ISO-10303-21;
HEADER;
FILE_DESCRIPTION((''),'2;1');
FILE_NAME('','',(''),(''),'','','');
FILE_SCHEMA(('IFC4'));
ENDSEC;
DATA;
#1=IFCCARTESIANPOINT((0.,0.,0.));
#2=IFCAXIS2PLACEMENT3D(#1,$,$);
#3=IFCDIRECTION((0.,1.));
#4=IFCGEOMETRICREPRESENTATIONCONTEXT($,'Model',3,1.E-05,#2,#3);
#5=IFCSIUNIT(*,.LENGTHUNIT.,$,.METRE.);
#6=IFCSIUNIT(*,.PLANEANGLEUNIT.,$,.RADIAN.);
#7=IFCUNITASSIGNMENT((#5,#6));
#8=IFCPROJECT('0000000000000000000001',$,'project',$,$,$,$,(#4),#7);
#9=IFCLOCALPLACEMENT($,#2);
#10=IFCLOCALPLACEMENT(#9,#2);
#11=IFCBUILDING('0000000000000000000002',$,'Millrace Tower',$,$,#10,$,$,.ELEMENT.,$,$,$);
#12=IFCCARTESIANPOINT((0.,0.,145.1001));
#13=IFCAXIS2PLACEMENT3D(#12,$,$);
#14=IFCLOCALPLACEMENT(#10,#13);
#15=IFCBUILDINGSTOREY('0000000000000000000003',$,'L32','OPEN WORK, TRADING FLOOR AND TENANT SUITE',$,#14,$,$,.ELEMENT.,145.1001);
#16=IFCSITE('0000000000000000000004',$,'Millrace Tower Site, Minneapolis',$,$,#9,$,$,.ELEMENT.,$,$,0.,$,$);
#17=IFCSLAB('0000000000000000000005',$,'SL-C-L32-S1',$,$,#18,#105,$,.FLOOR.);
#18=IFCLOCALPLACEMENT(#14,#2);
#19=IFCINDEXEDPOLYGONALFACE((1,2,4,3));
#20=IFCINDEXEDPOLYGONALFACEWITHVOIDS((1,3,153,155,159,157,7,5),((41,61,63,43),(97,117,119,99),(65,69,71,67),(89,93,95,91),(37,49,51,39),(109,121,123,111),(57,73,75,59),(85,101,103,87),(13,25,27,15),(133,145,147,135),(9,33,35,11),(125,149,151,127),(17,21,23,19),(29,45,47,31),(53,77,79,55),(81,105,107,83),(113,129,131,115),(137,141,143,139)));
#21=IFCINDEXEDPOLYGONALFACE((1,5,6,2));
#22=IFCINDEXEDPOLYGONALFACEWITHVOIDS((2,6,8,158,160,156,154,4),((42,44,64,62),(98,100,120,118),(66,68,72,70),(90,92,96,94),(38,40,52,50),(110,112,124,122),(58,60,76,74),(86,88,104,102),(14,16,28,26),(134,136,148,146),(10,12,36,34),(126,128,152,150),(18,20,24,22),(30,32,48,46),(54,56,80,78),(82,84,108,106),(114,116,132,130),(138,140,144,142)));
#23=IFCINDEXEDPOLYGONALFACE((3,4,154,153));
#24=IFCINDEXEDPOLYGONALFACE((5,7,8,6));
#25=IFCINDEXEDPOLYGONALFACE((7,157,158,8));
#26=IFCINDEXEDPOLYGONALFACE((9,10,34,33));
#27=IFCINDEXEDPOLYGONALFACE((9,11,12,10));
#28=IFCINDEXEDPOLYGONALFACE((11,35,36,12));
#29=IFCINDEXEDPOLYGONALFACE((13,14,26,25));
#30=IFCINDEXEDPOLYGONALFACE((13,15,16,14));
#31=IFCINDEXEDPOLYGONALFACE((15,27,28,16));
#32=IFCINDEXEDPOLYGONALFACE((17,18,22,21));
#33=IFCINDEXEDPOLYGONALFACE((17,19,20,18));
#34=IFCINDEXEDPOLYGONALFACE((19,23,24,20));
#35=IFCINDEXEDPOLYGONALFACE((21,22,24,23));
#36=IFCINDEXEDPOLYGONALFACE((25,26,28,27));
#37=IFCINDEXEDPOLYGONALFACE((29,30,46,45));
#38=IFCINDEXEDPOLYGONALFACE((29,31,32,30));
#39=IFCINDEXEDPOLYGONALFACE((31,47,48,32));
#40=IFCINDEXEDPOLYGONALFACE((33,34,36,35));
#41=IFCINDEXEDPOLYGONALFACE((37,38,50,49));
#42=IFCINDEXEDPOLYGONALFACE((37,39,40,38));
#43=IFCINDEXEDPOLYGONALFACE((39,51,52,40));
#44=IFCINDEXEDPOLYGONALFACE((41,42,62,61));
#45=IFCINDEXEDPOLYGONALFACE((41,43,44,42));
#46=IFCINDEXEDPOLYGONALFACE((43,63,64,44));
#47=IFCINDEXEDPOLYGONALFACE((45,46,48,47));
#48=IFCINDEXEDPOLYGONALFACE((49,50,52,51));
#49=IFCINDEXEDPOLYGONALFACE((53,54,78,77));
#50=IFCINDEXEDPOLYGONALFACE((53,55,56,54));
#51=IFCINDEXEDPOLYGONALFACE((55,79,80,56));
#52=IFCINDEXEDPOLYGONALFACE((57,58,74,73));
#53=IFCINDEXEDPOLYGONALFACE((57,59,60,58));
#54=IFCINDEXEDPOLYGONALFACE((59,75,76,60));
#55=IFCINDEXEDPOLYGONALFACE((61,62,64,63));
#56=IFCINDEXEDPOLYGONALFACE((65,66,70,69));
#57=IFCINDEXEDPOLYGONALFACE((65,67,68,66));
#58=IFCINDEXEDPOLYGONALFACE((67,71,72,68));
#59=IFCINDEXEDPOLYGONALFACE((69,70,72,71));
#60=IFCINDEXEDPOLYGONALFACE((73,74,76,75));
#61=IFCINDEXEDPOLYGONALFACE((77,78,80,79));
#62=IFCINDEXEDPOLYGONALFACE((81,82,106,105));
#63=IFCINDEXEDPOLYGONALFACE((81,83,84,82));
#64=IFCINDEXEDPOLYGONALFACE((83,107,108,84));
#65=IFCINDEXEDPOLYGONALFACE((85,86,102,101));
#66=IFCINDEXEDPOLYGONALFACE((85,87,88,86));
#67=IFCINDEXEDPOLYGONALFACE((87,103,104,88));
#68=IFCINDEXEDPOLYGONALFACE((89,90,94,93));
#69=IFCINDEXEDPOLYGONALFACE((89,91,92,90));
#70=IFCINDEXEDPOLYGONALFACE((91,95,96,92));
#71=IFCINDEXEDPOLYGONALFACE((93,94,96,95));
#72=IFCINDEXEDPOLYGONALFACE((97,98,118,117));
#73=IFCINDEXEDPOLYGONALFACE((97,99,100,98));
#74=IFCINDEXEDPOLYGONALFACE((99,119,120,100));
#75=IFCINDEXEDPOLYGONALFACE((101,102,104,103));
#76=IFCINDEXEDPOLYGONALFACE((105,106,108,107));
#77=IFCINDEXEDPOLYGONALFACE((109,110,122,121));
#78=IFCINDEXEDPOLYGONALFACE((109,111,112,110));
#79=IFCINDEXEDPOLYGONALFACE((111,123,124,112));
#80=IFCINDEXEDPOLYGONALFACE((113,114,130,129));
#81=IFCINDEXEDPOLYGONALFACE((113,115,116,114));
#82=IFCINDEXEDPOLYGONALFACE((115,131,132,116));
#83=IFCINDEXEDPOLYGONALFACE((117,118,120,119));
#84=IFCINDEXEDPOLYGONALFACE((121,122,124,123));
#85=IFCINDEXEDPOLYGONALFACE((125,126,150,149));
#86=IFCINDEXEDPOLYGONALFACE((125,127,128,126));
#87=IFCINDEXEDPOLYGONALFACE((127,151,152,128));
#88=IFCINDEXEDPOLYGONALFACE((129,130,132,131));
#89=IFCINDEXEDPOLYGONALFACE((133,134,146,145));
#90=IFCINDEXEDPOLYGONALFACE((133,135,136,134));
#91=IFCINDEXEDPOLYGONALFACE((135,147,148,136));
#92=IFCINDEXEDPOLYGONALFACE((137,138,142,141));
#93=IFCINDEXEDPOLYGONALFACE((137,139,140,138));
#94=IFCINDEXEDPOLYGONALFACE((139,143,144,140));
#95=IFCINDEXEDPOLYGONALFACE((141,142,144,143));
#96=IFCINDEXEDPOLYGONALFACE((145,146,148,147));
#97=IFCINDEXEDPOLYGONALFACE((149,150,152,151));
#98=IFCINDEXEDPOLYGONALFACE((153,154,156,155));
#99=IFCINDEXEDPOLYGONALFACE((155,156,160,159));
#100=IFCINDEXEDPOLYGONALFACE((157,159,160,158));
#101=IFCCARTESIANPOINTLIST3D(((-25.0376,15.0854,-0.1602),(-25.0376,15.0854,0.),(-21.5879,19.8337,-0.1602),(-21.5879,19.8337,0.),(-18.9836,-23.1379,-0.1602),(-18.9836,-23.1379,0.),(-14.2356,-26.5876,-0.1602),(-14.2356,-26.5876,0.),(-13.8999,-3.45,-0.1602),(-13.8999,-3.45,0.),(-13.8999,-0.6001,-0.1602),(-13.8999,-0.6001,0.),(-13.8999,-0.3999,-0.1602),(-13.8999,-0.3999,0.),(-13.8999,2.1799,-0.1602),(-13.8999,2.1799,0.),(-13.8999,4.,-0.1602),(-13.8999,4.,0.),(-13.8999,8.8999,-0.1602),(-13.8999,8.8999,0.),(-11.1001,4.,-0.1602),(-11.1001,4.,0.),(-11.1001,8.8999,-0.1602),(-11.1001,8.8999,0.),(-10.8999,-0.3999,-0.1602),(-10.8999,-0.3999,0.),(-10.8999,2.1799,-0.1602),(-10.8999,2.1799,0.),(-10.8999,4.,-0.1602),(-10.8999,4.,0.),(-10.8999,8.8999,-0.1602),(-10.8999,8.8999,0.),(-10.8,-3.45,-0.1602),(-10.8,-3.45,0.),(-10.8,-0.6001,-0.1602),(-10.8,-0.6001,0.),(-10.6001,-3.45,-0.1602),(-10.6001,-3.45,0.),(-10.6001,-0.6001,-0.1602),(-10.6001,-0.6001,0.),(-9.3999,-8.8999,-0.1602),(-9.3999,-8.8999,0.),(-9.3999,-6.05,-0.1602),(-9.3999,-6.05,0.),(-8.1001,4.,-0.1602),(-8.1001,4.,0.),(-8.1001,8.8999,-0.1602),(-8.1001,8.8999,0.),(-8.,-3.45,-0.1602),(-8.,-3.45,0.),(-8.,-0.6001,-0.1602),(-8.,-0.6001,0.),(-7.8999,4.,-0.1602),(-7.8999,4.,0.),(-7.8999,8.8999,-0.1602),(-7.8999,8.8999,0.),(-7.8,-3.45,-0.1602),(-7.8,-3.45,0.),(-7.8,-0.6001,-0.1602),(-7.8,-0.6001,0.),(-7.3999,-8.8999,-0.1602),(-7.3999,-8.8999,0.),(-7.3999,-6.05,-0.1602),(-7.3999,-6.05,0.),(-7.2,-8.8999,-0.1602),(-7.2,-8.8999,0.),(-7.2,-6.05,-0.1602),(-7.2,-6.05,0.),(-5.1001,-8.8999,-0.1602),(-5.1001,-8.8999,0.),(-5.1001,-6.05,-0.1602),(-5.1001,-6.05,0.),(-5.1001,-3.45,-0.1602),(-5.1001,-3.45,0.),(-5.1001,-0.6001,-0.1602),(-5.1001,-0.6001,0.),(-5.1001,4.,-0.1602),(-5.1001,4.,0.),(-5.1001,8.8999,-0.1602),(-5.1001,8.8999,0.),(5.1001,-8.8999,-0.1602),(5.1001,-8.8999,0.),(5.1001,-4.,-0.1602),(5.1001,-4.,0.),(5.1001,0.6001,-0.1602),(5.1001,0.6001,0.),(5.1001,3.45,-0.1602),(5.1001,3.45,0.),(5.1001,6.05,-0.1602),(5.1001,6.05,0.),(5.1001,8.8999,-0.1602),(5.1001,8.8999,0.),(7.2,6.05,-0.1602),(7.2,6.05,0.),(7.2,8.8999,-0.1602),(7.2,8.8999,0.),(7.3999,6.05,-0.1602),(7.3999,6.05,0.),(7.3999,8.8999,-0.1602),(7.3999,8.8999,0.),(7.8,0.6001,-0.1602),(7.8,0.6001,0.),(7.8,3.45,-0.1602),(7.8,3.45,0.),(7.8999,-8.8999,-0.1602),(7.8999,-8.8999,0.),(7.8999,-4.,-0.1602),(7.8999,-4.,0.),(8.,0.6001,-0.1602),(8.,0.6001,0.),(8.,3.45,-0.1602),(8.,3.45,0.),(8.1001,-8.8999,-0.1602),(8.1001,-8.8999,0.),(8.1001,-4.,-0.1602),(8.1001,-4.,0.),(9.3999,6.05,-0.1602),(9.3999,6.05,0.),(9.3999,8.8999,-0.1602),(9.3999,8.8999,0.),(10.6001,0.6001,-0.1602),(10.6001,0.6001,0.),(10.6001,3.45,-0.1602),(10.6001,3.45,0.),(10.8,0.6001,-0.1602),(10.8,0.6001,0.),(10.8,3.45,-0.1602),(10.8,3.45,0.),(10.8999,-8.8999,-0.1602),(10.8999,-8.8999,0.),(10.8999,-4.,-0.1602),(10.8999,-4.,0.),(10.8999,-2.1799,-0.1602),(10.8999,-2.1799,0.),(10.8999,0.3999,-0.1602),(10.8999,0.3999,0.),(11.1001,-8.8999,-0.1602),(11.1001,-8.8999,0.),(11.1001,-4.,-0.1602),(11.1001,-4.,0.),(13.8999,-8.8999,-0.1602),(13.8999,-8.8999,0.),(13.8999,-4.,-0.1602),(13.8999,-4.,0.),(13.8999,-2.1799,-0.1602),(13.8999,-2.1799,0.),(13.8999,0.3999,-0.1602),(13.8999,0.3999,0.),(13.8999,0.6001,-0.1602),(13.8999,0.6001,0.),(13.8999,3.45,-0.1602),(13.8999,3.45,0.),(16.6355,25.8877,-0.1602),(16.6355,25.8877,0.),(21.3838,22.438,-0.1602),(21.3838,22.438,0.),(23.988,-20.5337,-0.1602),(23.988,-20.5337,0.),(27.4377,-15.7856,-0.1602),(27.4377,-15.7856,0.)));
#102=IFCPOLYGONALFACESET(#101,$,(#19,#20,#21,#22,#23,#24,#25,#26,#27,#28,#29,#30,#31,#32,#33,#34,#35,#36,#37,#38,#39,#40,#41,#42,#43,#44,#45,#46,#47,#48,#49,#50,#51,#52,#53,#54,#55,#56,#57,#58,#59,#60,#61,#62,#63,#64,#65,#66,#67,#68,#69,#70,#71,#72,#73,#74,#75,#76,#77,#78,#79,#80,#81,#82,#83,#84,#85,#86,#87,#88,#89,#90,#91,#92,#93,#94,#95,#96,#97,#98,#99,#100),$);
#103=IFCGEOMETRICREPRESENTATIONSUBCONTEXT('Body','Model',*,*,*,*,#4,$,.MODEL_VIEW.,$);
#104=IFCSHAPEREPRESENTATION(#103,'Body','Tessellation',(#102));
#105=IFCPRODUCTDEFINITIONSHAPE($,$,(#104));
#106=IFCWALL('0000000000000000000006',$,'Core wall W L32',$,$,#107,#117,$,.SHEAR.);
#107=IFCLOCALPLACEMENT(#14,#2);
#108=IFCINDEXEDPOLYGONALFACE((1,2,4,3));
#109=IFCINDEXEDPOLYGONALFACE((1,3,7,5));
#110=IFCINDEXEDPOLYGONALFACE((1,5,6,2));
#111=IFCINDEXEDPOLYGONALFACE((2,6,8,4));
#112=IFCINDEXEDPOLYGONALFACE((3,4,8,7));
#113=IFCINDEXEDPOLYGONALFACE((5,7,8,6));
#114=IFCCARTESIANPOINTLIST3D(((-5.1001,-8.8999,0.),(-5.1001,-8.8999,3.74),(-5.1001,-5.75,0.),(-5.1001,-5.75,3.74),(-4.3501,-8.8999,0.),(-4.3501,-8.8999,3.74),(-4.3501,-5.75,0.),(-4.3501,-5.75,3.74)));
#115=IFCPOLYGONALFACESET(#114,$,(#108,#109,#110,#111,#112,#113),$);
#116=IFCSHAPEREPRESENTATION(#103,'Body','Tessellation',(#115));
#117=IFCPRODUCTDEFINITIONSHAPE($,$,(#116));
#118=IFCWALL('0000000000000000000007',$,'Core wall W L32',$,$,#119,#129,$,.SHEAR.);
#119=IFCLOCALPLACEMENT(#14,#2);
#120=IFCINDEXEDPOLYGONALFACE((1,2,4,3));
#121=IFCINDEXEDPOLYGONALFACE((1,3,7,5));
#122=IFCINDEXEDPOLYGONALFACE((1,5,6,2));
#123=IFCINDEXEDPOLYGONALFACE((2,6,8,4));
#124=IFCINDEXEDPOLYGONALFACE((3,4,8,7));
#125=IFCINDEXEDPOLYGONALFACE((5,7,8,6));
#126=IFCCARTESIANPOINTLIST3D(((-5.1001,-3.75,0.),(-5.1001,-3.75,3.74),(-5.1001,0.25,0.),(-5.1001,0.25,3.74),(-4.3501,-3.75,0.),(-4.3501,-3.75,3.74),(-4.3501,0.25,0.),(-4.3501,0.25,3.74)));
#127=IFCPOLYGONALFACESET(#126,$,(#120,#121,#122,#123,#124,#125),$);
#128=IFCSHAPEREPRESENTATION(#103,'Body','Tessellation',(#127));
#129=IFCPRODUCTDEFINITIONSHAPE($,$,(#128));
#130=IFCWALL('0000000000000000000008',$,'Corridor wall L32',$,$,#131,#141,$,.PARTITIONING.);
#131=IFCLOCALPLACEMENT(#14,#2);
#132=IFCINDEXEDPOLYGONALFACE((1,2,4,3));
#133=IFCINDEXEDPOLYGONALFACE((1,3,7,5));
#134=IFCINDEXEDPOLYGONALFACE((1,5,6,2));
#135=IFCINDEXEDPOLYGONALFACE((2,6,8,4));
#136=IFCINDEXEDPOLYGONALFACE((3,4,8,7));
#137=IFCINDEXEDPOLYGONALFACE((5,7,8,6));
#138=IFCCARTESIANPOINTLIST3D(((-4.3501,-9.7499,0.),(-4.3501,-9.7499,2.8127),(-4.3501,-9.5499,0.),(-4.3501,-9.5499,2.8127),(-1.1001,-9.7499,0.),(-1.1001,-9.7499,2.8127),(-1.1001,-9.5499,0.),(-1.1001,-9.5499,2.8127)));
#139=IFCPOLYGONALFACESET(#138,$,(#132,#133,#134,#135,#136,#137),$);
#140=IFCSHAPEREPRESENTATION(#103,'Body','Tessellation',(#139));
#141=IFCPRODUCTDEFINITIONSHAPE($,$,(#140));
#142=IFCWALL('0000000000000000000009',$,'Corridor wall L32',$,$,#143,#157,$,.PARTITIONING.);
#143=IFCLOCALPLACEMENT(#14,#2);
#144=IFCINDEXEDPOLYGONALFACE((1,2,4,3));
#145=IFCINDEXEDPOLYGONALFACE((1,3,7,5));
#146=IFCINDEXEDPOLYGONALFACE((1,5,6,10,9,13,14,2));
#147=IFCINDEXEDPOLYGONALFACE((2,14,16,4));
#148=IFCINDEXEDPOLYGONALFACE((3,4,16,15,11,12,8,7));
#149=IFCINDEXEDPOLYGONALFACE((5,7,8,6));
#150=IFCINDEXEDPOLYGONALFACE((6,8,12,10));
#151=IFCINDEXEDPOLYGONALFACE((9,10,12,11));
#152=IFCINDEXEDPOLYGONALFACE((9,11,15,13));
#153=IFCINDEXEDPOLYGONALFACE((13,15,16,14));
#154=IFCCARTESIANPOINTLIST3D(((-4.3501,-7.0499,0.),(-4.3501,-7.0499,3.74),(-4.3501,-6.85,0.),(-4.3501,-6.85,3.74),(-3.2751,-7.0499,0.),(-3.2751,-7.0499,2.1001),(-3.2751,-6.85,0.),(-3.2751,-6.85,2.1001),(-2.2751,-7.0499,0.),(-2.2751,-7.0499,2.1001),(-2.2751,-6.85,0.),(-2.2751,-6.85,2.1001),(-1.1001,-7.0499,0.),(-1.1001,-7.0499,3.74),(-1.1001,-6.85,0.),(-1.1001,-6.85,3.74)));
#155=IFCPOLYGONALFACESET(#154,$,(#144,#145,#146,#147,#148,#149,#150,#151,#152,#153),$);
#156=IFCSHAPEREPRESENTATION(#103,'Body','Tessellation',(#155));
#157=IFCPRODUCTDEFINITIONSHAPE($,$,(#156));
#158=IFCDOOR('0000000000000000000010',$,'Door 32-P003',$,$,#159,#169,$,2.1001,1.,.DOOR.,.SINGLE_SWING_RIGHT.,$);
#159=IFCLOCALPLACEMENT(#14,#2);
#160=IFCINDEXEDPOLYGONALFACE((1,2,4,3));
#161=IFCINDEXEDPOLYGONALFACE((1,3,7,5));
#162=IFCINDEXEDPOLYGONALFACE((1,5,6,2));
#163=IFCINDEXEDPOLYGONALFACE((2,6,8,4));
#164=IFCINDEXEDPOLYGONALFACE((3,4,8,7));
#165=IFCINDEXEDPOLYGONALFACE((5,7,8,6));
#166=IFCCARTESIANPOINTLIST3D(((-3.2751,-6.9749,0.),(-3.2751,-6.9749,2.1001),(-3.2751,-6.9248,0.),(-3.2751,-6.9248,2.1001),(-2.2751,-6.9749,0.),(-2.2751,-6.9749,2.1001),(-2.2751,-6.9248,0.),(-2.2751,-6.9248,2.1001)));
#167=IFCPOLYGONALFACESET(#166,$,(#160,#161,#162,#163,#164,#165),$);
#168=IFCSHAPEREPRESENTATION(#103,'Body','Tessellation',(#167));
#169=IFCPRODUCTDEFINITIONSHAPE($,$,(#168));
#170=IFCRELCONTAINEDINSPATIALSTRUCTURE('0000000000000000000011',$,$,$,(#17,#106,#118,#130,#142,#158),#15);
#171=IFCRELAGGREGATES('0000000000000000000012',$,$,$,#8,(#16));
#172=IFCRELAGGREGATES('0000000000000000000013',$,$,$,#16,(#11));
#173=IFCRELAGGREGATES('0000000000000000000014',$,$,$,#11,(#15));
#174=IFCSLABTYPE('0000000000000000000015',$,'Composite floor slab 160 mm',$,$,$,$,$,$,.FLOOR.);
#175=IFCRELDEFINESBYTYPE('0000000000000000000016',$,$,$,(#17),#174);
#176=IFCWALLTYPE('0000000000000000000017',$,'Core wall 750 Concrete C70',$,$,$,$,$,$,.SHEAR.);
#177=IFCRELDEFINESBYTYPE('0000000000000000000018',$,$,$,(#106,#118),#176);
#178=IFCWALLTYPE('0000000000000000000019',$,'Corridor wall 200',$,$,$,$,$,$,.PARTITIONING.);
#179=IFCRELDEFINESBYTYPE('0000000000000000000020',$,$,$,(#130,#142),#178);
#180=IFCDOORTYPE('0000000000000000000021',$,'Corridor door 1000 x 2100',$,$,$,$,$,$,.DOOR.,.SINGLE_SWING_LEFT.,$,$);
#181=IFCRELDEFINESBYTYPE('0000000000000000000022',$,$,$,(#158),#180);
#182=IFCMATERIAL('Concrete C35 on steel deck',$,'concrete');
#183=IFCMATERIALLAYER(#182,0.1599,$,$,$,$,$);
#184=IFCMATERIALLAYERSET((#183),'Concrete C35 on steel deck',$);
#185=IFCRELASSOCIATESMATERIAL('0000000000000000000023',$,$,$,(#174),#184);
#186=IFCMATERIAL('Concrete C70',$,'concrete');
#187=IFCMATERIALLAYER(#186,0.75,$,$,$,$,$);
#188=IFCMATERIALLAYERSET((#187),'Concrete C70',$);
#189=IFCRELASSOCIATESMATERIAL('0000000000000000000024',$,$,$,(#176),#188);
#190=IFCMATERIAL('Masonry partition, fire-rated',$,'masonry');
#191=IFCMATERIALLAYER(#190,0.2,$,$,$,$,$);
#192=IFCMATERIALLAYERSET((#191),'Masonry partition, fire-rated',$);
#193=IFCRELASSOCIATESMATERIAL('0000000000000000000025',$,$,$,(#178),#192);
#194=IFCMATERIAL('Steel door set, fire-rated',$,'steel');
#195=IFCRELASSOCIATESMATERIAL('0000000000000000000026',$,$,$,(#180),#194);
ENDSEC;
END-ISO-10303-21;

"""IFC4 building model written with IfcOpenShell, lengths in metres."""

from ifc_helpers import new_model, si_unit, direction, frame, frame_2d, origin, place, context, subcontext, project, spatial, polyline, rectangle, outline, extrude, material, layer, layer_set, type_object, element, fill, save


model = new_model("IFC4")

# Units and contexts
model_context = context("Model", 3, precision=1e-05, world=origin(), true_north=direction((0.0, 1.0)))
body_context = subcontext(model_context, "Body", "Model", "MODEL_VIEW")
ifc_project = project(units=[si_unit("LENGTHUNIT", "METRE"), si_unit("PLANEANGLEUNIT", "RADIAN")], contexts=[model_context])

# Site, building, storey
site_placement = place(None, origin())
site = spatial("IfcSite", under=ifc_project, at=site_placement, Name="Millrace Tower Site, Minneapolis", CompositionType="ELEMENT", RefElevation=0.0)
building_placement = place(site_placement, origin())
building = spatial("IfcBuilding", under=site, at=building_placement, Name="Millrace Tower", CompositionType="ELEMENT")
storey_placement = place(building_placement, frame((0.0, 0.0, 145.1001)))
storey = spatial("IfcBuildingStorey", under=building, at=storey_placement, Name="L32", Description="OPEN WORK, TRADING FLOOR AND TENANT SUITE", CompositionType="ELEMENT", Elevation=145.1001)

# Slab
ifc_material_1 = material(Name="Concrete C35 on steel deck", Category="concrete")
ifc_layer_1 = layer(ifc_material_1, 0.1599)
ifc_layer_set_1 = layer_set([ifc_layer_1], Name="Concrete C35 on steel deck")
slab_type = type_object("IfcSlabType", Name="Composite floor slab 160 mm", PredefinedType="FLOOR", material=ifc_layer_set_1)
slab_placement = place(storey_placement, frame((0.0, 0.0, -0.1602)))
element("IfcSlab", 1, at=slab_placement, inside=storey, type_object=slab_type, Name="SL-C-L32-S1", PredefinedType="FLOOR", context=body_context, shape_type="SweptSolid", body=[
    extrude(outline(polyline([(-18.9836, -23.1379), (-14.2356, -26.5876), (23.988, -20.5337), (27.4377, -15.7856), (21.3838, 22.438), (16.6355, 25.8877), (-21.5879, 19.8337), (-25.0376, 15.0854), (-18.9836, -23.1379)]), holes=[polyline([(-9.3999, -8.8999), (-7.3999, -8.8999), (-7.3999, -6.05), (-9.3999, -6.05), (-9.3999, -8.8999)]), polyline([(-7.2, -8.8999), (-5.1001, -8.8999), (-5.1001, -6.05), (-7.2, -6.05), (-7.2, -8.8999)]), polyline([(-13.8999, -3.45), (-10.8, -3.45), (-10.8, -0.6001), (-13.8999, -0.6001), (-13.8999, -3.45)]), polyline([(-10.6001, -3.45), (-8.0, -3.45), (-8.0, -0.6001), (-10.6001, -0.6001), (-10.6001, -3.45)]), polyline([(-7.8, -3.45), (-5.1001, -3.45), (-5.1001, -0.6001), (-7.8, -0.6001), (-7.8, -3.45)]), polyline([(-13.8999, -0.3999), (-10.8999, -0.3999), (-10.8999, 2.1799), (-13.8999, 2.1799), (-13.8999, -0.3999)]), polyline([(-13.8999, 4.0), (-11.1001, 4.0), (-11.1001, 8.8999), (-13.8999, 8.8999), (-13.8999, 4.0)]), polyline([(-10.8999, 4.0), (-8.1001, 4.0), (-8.1001, 8.8999), (-10.8999, 8.8999), (-10.8999, 4.0)]), polyline([(-7.8999, 4.0), (-5.1001, 4.0), (-5.1001, 8.8999), (-7.8999, 8.8999), (-7.8999, 4.0)]), polyline([(7.3999, 6.05), (9.3999, 6.05), (9.3999, 8.8999), (7.3999, 8.8999), (7.3999, 6.05)]), polyline([(5.1001, 6.05), (7.2, 6.05), (7.2, 8.8999), (5.1001, 8.8999), (5.1001, 6.05)]), polyline([(10.8, 0.6001), (13.8999, 0.6001), (13.8999, 3.45), (10.8, 3.45), (10.8, 0.6001)]), polyline([(8.0, 0.6001), (10.6001, 0.6001), (10.6001, 3.45), (8.0, 3.45), (8.0, 0.6001)]), polyline([(5.1001, 0.6001), (7.8, 0.6001), (7.8, 3.45), (5.1001, 3.45), (5.1001, 0.6001)]), polyline([(10.8999, -2.1799), (13.8999, -2.1799), (13.8999, 0.3999), (10.8999, 0.3999), (10.8999, -2.1799)]), polyline([(11.1001, -8.8999), (13.8999, -8.8999), (13.8999, -4.0), (11.1001, -4.0), (11.1001, -8.8999)]), polyline([(8.1001, -8.8999), (10.8999, -8.8999), (10.8999, -4.0), (8.1001, -4.0), (8.1001, -8.8999)]), polyline([(5.1001, -8.8999), (7.8999, -8.8999), (7.8999, -4.0), (5.1001, -4.0), (5.1001, -8.8999)])]), origin(), (0.0, 0.0, 1.0), 0.1602),
])

# Walls
ifc_material_2 = material(Name="Concrete C70", Category="concrete")
ifc_layer_2 = layer(ifc_material_2, 0.75)
ifc_layer_set_2 = layer_set([ifc_layer_2], Name="Concrete C70")
wall_type_1 = type_object("IfcWallType", Name="Core wall 750 Concrete C70", PredefinedType="SHEAR", material=ifc_layer_set_2)
wall_1_placement = place(storey_placement, frame((-4.7251, -8.8999, 0.0), z_axis=(0.0, 0.0, 1.0), x_axis=(0.0, 1.0, 0.0)))
element("IfcWall", 2, at=wall_1_placement, inside=storey, type_object=wall_type_1, Name="Core wall W L32", PredefinedType="SHEAR", context=body_context, shape_type="SweptSolid", body=[
    extrude(rectangle(XDim=3.1499, YDim=0.75, at=frame_2d((1.575, 0.0))), origin(), (0.0, 0.0, 1.0), 3.74),
])
wall_2_placement = place(storey_placement, frame((-4.7251, -3.75, 0.0), z_axis=(0.0, 0.0, 1.0), x_axis=(0.0, 1.0, 0.0)))
element("IfcWall", 3, at=wall_2_placement, inside=storey, type_object=wall_type_1, Name="Core wall W L32", PredefinedType="SHEAR", context=body_context, shape_type="SweptSolid", body=[
    extrude(rectangle(XDim=4.0, YDim=0.75, at=frame_2d((2.0, 0.0))), origin(), (0.0, 0.0, 1.0), 3.74),
])
ifc_material_3 = material(Name="Masonry partition, fire-rated", Category="masonry")
ifc_layer_3 = layer(ifc_material_3, 0.2)
ifc_layer_set_3 = layer_set([ifc_layer_3], Name="Masonry partition, fire-rated")
wall_type_2 = type_object("IfcWallType", Name="Corridor wall 200", PredefinedType="PARTITIONING", material=ifc_layer_set_3)
wall_3_placement = place(storey_placement, frame((-4.3501, -9.6499, 0.0), z_axis=(0.0, 0.0, 1.0), x_axis=(1.0, 0.0, 0.0)))
element("IfcWall", 4, at=wall_3_placement, inside=storey, type_object=wall_type_2, Name="Corridor wall L32", PredefinedType="PARTITIONING", context=body_context, shape_type="SweptSolid", body=[
    extrude(rectangle(XDim=3.25, YDim=0.2, at=frame_2d((1.625, 0.0))), origin(), (0.0, 0.0, 1.0), 2.8127),
])

# Wall, opening, door
wall_4_placement = place(storey_placement, frame((-4.3501, -6.95, 0.0), z_axis=(0.0, 0.0, 1.0), x_axis=(1.0, 0.0, 0.0)))
wall_4 = element("IfcWall", 5, at=wall_4_placement, inside=storey, type_object=wall_type_2, Name="Corridor wall L32", PredefinedType="PARTITIONING", context=body_context, shape_type="SweptSolid", body=[
    extrude(rectangle(XDim=3.25, YDim=0.2, at=frame_2d((1.625, 0.0))), origin(), (0.0, 0.0, 1.0), 3.74),
])
opening_1_placement = place(wall_4_placement, frame((1.075, 0.0, 0.0)))
opening_1 = element("IfcOpeningElement", 6, at=opening_1_placement, cuts=wall_4, PredefinedType="OPENING", context=body_context, shape_type="SweptSolid", body=[
    extrude(rectangle(XDim=1.0, YDim=2.1001, at=frame_2d((0.5, 1.05))), frame((0.0, 0.1099, 0.0), z_axis=(0.0, -1.0, 0.0), x_axis=(1.0, 0.0, 0.0)), (0.0, 0.0, 1.0), 0.22),
])
ifc_material_4 = material(Name="Steel door set, fire-rated", Category="steel")
door_type_1 = type_object("IfcDoorType", Name="Corridor door 1000 x 2100", OperationType="SINGLE_SWING_LEFT", PredefinedType="DOOR", material=ifc_material_4)
door_1_placement = place(opening_1_placement, frame((1.0, 0.0, 0.0), z_axis=(0.0, 0.0, 1.0), x_axis=(-1.0, 0.0, 0.0)))
door_1 = element("IfcDoor", 7, at=door_1_placement, inside=storey, type_object=door_type_1, Name="Door 32-P003", OperationType="SINGLE_SWING_RIGHT", OverallHeight=2.1001, OverallWidth=1.0, PredefinedType="DOOR", context=body_context, shape_type="SweptSolid", body=[
    extrude(rectangle(XDim=1.0, YDim=2.1001, at=frame_2d((0.5, 1.05))), frame((0.0, 0.0249, 0.0), z_axis=(0.0, -1.0, 0.0), x_axis=(1.0, 0.0, 0.0)), (0.0, 0.0, 1.0), 0.05),
])
fill(opening_1, door_1)

save(model, "model.ifc")
